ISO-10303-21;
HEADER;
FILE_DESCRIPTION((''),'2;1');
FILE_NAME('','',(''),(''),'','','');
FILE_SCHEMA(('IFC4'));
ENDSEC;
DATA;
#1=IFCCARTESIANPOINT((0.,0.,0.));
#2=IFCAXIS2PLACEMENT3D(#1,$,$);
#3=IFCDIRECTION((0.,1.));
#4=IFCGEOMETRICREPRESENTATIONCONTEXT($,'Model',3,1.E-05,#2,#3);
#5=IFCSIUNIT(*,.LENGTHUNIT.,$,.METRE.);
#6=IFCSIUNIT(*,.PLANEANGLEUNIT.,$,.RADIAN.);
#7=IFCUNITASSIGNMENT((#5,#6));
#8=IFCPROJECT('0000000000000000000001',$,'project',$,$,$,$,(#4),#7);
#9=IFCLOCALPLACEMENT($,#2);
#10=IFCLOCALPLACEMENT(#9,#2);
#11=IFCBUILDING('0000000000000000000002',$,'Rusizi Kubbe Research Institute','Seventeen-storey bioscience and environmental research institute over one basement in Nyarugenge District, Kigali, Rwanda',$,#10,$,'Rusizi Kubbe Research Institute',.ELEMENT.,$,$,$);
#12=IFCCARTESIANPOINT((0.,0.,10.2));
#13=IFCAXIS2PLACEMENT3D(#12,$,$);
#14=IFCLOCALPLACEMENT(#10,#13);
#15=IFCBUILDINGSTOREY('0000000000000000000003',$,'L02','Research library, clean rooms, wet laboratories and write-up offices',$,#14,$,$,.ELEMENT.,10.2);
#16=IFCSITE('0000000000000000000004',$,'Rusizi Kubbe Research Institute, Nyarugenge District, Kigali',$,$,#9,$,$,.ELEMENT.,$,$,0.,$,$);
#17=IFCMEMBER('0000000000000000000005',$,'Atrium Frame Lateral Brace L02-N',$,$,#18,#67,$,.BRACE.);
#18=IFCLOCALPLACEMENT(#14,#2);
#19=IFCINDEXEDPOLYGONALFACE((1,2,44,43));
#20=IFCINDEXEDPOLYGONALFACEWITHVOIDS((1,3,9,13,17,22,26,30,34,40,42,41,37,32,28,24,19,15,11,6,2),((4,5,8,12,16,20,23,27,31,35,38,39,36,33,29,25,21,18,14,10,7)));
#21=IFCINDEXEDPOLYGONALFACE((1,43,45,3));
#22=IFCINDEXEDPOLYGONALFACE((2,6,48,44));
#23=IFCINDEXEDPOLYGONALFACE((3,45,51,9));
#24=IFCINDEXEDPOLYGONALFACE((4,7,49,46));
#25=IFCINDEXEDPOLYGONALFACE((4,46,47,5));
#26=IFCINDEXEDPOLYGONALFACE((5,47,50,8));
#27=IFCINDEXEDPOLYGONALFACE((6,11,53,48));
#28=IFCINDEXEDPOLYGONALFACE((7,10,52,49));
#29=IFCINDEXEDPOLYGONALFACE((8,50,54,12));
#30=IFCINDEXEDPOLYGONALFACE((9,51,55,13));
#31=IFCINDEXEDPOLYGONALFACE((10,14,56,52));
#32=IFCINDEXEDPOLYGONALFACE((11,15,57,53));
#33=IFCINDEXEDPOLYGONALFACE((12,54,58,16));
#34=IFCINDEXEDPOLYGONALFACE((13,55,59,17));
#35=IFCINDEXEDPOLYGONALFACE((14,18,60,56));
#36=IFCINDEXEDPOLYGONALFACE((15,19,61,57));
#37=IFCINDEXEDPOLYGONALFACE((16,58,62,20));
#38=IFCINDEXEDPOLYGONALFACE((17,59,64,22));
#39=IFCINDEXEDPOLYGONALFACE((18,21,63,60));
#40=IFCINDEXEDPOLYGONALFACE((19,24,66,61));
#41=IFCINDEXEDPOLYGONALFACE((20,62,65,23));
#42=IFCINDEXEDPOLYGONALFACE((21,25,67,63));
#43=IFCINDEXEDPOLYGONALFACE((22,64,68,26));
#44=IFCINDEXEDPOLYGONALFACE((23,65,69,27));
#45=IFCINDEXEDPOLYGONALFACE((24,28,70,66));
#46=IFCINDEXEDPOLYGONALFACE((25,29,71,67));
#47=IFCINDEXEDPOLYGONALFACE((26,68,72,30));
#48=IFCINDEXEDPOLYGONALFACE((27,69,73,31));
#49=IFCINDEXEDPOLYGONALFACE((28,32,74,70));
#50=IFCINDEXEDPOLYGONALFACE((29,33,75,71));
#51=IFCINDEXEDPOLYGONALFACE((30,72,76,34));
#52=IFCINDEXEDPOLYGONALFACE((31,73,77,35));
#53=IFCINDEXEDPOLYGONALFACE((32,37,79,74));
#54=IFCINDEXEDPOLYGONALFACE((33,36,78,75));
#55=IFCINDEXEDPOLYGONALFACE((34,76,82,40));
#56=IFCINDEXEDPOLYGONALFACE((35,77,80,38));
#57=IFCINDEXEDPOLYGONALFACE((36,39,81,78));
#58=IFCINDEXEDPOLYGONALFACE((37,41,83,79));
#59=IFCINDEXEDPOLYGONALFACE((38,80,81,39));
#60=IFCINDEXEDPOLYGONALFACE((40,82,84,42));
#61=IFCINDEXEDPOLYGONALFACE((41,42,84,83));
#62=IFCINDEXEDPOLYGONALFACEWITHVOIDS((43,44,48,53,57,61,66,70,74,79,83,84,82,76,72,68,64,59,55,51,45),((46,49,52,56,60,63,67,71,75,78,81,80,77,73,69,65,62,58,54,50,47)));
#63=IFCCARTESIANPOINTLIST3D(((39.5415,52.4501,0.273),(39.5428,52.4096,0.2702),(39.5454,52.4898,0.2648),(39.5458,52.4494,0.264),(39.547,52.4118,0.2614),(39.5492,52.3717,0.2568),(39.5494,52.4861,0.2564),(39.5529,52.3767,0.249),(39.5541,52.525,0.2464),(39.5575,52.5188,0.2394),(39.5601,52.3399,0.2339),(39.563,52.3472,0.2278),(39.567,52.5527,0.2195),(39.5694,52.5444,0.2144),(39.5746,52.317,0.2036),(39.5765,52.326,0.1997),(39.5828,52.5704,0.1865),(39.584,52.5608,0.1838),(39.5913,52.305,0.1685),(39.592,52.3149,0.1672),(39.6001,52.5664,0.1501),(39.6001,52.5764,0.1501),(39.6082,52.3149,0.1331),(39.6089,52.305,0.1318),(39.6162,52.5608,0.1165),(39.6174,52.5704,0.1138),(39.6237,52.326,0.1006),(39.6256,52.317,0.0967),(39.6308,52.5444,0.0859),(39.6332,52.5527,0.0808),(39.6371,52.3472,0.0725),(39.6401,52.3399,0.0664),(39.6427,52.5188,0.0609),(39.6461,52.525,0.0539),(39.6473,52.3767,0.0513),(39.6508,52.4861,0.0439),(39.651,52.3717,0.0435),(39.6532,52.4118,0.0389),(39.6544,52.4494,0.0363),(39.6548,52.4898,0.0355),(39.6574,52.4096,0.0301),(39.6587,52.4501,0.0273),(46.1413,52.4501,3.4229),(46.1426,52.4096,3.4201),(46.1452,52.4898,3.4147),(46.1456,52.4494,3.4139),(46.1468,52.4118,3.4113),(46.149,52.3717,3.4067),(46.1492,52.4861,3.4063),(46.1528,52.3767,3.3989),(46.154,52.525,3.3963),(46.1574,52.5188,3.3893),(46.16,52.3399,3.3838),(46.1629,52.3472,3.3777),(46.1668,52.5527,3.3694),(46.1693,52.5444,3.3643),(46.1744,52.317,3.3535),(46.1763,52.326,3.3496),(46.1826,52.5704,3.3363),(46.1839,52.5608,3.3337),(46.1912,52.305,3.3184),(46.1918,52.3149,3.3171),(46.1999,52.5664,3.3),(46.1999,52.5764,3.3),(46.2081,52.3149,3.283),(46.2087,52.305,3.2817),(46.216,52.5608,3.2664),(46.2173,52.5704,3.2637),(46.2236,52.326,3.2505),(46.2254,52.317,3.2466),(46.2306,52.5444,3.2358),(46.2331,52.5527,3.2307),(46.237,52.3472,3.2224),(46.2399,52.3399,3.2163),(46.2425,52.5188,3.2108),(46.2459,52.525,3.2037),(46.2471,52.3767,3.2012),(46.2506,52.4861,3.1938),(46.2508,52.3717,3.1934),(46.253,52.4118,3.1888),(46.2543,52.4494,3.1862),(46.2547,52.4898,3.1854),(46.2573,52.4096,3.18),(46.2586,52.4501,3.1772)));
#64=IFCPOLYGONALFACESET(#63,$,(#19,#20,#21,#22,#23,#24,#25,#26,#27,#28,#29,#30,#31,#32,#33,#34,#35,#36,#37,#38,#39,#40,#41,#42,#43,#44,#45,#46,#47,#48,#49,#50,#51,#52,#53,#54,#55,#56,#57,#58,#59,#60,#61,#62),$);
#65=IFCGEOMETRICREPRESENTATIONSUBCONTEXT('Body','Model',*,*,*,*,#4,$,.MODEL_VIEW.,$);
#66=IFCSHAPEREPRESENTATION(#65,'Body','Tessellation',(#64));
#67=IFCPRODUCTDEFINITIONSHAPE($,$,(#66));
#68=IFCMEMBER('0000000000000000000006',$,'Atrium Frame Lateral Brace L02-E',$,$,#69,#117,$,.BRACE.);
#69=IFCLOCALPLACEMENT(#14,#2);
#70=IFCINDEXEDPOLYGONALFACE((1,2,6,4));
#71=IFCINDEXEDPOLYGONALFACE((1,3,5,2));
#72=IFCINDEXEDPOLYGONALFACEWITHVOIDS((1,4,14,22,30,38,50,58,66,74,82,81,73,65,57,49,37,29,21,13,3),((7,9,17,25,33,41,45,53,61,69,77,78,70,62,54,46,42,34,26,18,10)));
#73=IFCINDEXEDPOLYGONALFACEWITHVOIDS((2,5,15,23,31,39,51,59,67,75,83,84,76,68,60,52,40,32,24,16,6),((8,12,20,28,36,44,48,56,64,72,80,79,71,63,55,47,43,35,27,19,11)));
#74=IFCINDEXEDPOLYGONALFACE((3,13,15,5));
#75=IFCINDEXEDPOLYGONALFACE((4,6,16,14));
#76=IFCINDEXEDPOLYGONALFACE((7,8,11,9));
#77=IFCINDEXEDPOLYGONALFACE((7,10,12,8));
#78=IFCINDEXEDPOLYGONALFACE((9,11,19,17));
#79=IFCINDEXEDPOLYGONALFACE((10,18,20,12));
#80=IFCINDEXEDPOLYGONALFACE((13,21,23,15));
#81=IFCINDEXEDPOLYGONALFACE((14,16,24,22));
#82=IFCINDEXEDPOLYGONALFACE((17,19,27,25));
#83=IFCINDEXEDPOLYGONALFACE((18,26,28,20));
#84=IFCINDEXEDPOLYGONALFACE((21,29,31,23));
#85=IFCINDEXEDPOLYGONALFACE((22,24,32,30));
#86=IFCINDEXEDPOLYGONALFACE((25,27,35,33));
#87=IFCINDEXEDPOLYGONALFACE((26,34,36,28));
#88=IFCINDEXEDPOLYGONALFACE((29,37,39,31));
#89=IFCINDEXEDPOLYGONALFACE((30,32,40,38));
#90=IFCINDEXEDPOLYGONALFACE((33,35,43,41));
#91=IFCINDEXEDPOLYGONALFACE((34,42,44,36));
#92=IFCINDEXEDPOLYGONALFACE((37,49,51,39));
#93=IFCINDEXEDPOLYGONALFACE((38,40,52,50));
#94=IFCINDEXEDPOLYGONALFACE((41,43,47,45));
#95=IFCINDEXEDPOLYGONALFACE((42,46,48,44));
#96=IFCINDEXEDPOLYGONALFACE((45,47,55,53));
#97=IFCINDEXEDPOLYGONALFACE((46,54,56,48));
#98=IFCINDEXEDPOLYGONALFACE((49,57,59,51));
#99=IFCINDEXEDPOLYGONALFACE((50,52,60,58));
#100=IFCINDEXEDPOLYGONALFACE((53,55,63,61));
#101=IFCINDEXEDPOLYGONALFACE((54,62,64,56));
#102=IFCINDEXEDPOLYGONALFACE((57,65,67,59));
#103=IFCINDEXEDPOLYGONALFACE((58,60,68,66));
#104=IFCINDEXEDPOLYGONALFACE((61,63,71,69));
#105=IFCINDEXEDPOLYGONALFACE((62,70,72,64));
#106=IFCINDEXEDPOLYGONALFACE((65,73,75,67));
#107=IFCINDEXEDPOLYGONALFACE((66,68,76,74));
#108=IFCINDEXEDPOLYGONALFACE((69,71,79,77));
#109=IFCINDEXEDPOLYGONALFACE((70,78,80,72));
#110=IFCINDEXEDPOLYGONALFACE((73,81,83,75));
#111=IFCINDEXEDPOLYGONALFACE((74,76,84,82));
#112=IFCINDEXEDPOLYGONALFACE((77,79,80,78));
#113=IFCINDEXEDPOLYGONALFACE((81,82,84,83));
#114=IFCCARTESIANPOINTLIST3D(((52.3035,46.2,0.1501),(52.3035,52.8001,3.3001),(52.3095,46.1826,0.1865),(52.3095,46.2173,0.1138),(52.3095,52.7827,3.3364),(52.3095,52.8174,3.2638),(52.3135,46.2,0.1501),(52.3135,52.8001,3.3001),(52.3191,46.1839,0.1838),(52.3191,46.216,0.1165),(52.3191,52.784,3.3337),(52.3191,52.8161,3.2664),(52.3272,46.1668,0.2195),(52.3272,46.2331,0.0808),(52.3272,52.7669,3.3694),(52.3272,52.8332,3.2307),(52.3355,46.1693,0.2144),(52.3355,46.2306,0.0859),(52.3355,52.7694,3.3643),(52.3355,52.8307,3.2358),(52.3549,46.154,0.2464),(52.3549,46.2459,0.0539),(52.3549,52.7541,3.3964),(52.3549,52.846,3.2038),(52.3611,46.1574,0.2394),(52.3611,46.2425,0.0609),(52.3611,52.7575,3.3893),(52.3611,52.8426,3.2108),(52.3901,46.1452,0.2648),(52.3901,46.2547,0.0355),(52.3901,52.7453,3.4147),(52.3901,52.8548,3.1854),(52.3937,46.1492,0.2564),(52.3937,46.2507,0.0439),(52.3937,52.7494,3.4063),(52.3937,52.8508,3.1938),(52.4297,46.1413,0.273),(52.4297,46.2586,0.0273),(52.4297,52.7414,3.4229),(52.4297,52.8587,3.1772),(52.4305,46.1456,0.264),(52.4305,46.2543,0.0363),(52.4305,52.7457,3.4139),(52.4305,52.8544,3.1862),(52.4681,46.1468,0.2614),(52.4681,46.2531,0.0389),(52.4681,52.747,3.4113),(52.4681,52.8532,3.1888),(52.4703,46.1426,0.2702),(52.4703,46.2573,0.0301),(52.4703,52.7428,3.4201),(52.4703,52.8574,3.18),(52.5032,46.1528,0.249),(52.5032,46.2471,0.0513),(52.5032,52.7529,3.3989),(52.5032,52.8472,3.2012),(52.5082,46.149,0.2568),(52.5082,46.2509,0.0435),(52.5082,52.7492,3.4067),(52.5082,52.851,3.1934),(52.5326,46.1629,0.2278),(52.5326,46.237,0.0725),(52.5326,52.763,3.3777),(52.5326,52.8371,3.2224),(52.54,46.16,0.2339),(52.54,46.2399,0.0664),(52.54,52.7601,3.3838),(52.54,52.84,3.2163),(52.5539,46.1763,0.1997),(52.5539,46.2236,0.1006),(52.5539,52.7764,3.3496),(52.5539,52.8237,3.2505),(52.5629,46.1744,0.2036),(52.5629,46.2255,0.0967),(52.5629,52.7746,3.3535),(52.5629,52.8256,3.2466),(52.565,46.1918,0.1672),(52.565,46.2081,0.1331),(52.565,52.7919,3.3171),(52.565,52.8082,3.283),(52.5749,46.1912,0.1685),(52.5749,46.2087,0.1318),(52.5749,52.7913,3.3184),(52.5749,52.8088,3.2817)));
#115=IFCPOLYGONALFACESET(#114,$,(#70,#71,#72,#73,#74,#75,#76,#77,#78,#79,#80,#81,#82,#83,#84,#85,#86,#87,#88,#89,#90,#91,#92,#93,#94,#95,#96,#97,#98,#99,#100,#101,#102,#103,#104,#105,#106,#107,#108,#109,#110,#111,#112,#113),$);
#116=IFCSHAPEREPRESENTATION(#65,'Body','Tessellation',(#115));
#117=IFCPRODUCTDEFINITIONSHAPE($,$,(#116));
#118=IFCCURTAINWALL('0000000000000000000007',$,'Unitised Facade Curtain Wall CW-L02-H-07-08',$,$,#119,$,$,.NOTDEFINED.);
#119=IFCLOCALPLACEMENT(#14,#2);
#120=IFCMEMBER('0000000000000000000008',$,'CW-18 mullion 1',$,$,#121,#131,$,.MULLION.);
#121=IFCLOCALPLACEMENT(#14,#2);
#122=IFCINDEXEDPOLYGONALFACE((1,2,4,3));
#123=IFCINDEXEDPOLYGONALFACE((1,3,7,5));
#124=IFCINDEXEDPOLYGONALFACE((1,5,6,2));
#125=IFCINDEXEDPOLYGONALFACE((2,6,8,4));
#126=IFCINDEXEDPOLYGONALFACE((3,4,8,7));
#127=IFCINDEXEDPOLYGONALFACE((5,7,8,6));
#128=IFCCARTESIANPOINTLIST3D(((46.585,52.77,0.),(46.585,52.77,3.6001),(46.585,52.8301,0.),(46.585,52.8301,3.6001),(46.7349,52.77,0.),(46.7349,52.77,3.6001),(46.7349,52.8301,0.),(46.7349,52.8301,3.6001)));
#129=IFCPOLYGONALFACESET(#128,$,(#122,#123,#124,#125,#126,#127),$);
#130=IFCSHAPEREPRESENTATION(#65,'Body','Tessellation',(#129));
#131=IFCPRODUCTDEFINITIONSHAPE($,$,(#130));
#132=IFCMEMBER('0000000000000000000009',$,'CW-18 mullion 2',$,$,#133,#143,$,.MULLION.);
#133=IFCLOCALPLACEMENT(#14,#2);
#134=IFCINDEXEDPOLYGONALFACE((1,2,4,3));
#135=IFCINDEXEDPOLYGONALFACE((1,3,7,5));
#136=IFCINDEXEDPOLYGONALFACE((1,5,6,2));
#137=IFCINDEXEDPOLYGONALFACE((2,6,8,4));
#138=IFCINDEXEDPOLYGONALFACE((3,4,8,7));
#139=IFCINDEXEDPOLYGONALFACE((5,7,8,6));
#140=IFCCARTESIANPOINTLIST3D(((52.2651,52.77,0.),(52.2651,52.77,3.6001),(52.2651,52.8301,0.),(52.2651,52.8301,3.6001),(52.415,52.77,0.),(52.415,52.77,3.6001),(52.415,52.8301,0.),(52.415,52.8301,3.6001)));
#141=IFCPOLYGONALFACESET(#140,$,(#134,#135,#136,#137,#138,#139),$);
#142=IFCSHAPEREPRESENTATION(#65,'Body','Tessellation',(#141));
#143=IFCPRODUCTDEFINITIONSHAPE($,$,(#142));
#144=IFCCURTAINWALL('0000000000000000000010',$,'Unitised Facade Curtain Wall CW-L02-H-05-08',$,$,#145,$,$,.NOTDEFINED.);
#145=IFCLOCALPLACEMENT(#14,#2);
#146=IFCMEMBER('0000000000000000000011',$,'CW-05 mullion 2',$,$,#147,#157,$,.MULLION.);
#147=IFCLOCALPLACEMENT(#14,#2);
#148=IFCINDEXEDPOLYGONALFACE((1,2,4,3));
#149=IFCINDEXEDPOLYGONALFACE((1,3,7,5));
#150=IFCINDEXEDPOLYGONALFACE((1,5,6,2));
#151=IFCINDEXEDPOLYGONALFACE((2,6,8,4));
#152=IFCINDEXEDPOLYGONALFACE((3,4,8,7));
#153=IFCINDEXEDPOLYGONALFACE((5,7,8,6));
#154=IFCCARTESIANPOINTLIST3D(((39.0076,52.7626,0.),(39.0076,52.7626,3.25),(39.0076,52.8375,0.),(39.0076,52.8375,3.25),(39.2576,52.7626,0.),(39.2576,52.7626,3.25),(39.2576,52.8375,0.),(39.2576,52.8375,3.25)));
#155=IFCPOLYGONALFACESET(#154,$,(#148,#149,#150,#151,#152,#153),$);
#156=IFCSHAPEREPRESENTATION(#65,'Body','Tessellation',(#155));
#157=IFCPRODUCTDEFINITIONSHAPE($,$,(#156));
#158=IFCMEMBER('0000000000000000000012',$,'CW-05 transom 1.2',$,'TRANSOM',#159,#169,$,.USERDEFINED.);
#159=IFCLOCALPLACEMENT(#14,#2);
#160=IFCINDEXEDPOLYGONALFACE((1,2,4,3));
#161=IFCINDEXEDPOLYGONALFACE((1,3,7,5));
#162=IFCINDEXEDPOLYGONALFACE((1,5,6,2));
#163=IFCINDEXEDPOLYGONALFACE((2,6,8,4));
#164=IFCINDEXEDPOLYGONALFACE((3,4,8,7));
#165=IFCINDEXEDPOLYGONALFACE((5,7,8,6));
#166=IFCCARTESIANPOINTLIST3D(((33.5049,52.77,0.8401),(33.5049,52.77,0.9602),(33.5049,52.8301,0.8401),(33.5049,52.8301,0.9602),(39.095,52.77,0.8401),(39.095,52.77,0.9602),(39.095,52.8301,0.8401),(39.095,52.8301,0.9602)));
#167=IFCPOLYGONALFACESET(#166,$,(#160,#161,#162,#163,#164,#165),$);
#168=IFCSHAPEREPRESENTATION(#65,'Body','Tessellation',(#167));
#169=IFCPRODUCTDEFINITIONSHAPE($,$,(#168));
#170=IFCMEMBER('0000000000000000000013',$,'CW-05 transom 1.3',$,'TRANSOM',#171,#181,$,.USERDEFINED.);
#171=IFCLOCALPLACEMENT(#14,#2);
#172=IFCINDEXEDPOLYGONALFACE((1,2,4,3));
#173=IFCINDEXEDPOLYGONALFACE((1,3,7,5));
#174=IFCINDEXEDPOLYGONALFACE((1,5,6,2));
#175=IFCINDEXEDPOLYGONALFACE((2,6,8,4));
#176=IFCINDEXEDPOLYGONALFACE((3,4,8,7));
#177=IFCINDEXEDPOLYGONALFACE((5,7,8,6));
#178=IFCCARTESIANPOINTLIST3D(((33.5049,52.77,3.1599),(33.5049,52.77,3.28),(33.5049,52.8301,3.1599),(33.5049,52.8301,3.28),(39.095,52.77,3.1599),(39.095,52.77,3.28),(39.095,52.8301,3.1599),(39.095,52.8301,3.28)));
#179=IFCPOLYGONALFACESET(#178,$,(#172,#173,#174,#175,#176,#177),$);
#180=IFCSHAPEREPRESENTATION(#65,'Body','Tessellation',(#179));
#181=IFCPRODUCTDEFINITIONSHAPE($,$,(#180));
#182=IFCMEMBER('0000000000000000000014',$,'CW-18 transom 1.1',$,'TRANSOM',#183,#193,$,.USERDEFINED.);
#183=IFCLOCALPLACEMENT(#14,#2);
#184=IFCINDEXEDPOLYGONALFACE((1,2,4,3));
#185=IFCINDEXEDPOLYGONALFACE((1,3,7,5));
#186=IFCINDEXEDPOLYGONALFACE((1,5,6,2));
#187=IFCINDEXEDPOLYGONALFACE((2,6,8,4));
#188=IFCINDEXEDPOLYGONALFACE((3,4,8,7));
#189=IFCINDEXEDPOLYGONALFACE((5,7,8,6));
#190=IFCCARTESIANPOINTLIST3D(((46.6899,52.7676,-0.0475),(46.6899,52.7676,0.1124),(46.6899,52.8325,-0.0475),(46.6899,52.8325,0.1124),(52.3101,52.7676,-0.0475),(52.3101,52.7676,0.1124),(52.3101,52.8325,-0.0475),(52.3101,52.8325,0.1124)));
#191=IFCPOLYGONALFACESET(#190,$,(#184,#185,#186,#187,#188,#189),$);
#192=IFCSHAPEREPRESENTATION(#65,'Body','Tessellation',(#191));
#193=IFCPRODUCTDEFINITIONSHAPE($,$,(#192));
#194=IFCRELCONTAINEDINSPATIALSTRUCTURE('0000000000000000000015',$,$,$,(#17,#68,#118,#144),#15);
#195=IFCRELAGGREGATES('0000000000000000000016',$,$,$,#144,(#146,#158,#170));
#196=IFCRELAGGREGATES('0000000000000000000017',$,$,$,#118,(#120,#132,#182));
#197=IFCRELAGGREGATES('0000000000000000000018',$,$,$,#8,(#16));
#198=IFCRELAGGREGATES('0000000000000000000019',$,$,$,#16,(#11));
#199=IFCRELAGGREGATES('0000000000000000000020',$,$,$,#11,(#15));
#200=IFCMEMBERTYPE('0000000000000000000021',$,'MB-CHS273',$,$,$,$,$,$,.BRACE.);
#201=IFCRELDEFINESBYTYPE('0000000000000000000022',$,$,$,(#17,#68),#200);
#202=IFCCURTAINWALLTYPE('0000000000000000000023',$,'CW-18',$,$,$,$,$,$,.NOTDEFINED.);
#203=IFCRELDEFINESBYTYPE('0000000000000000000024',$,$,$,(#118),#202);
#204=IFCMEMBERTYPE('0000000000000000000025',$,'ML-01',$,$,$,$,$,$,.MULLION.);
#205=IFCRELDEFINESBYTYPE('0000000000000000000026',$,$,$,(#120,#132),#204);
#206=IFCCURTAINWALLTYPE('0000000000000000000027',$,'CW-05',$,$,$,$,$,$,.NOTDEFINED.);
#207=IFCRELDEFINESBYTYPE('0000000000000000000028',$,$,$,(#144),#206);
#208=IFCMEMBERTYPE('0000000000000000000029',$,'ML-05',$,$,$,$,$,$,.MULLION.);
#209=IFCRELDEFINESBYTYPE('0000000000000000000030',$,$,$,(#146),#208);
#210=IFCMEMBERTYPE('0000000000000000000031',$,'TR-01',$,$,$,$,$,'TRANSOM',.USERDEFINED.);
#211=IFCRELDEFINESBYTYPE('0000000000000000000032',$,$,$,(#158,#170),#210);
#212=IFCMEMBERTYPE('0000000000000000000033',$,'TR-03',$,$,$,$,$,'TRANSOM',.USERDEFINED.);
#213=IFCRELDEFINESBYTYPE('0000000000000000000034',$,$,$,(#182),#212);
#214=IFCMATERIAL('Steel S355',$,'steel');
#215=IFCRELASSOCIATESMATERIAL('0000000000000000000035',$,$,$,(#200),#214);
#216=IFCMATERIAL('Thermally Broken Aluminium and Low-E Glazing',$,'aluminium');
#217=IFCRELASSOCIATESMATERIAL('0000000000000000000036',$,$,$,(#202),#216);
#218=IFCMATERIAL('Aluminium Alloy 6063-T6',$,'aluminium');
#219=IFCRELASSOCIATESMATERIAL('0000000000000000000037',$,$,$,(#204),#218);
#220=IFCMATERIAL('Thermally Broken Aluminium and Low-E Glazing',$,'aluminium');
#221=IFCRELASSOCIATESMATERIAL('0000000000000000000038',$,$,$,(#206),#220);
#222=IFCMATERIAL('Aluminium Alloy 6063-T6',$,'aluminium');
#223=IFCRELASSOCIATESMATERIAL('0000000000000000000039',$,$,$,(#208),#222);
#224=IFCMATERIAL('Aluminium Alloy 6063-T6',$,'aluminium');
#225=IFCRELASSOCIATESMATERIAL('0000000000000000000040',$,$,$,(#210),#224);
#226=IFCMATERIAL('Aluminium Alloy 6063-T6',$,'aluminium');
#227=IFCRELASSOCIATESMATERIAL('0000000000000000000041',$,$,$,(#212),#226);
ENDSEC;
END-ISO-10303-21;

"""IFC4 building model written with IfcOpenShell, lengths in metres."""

from ifc_helpers import new_model, si_unit, direction, frame, origin, origin_2d, place, context, subcontext, project, spatial, rectangle, hollow_circle, extrude, material, material_profile, profile_set, type_object, element, aggregate, save


model = new_model("IFC4")

# Units and contexts
model_context = context("Model", 3, precision=1e-05, world=origin(), true_north=direction((0.0, 1.0)))
body_context = subcontext(model_context, "Body", "Model", "MODEL_VIEW")
ifc_project = project(units=[si_unit("LENGTHUNIT", "METRE"), si_unit("PLANEANGLEUNIT", "RADIAN")], contexts=[model_context])

# Site, building, storey
site_placement = place(None, origin())
site = spatial("IfcSite", under=ifc_project, at=site_placement, Name="Rusizi Kubbe Research Institute, Nyarugenge District, Kigali", CompositionType="ELEMENT", RefElevation=0.0)
building_placement = place(site_placement, origin())
building = spatial("IfcBuilding", under=site, at=building_placement, Name="Rusizi Kubbe Research Institute", Description="Seventeen-storey bioscience and environmental research institute over one basement in Nyarugenge District, Kigali, Rwanda", LongName="Rusizi Kubbe Research Institute", CompositionType="ELEMENT")
storey_placement = place(building_placement, frame((0.0, 0.0, 10.2)))
storey = spatial("IfcBuildingStorey", under=building, at=storey_placement, Name="L02", Description="Research library, clean rooms, wet laboratories and write-up offices", CompositionType="ELEMENT", Elevation=10.2)

# Members
ifc_material_1 = material(Name="Steel S355", Category="steel")
ifc_material_profile_1 = material_profile(ifc_material_1, hollow_circle(Radius=0.1365, WallThickness=0.01, at=origin_2d()), Name="CHS 273.0x10.0")
ifc_profile_set_1 = profile_set([ifc_material_profile_1], Name="Steel S355")
member_type_1 = type_object("IfcMemberType", Name="MB-CHS273", PredefinedType="BRACE", material=ifc_profile_set_1)
member_1_placement = place(storey_placement, frame((39.6001, 52.4399, 0.1501), z_axis=(0.902483, 0.0, 0.430726), x_axis=(0.0, 1.0, 0.0)))
element("IfcMember", 1, at=member_1_placement, inside=storey, type_object=member_type_1, Name="Atrium Frame Lateral Brace L02-N", PredefinedType="BRACE", context=body_context, shape_type="SweptSolid", body=[
    extrude(hollow_circle(Radius=0.1365, WallThickness=0.01, at=origin_2d()), origin(), (0.0, 0.0, 1.0), 7.313),
])
member_2_placement = place(storey_placement, frame((52.4399, 46.2, 0.1501), z_axis=(0.0, 0.902489, 0.430714), x_axis=(-1.0, 0.0, 0.0)))
element("IfcMember", 2, at=member_2_placement, inside=storey, type_object=member_type_1, Name="Atrium Frame Lateral Brace L02-E", PredefinedType="BRACE", context=body_context, shape_type="SweptSolid", body=[
    extrude(hollow_circle(Radius=0.1365, WallThickness=0.01, at=origin_2d()), origin(), (0.0, 0.0, 1.0), 7.3132),
])

# Curtain walls, members
ifc_material_2 = material(Name="Thermally Broken Aluminium and Low-E Glazing", Category="aluminium")
curtain_wall_type_1 = type_object("IfcCurtainWallType", Name="CW-18", PredefinedType="NOTDEFINED", material=ifc_material_2)
curtain_wall_1_placement = place(storey_placement, origin())
curtain_wall_1 = element("IfcCurtainWall", 3, at=curtain_wall_1_placement, inside=storey, type_object=curtain_wall_type_1, Name="Unitised Facade Curtain Wall CW-L02-H-07-08", PredefinedType="NOTDEFINED")
ifc_material_3 = material(Name="Aluminium Alloy 6063-T6", Category="aluminium")
ifc_material_profile_2 = material_profile(ifc_material_3, rectangle(XDim=0.0601, YDim=0.1499, at=origin_2d()), Name="ALU-M 60x150")
ifc_profile_set_2 = profile_set([ifc_material_profile_2], Name="Aluminium Alloy 6063-T6")
member_type_2 = type_object("IfcMemberType", Name="ML-01", PredefinedType="MULLION", material=ifc_profile_set_2)
member_3_placement = place(storey_placement, frame((46.6599, 52.8, 0.0), z_axis=(0.0, 0.0, 1.0), x_axis=(0.0, 1.0, 0.0)))
member_3 = element("IfcMember", 4, at=member_3_placement, type_object=member_type_2, Name="CW-18 mullion 1", PredefinedType="MULLION", context=body_context, shape_type="SweptSolid", body=[
    extrude(rectangle(XDim=0.0601, YDim=0.1499, at=origin_2d()), origin(), (0.0, 0.0, 1.0), 3.6001),
])
member_4_placement = place(storey_placement, frame((52.3401, 52.8, 0.0), z_axis=(0.0, 0.0, 1.0), x_axis=(0.0, 1.0, 0.0)))
member_4 = element("IfcMember", 5, at=member_4_placement, type_object=member_type_2, Name="CW-18 mullion 2", PredefinedType="MULLION", context=body_context, shape_type="SweptSolid", body=[
    extrude(rectangle(XDim=0.0601, YDim=0.1499, at=origin_2d()), origin(), (0.0, 0.0, 1.0), 3.6001),
])
ifc_material_4 = material(Name="Thermally Broken Aluminium and Low-E Glazing", Category="aluminium")
curtain_wall_type_2 = type_object("IfcCurtainWallType", Name="CW-05", PredefinedType="NOTDEFINED", material=ifc_material_4)
curtain_wall_2_placement = place(storey_placement, origin())
curtain_wall_2 = element("IfcCurtainWall", 6, at=curtain_wall_2_placement, inside=storey, type_object=curtain_wall_type_2, Name="Unitised Facade Curtain Wall CW-L02-H-05-08", PredefinedType="NOTDEFINED")
ifc_material_5 = material(Name="Aluminium Alloy 6063-T6", Category="aluminium")
ifc_material_profile_3 = material_profile(ifc_material_5, rectangle(XDim=0.075, YDim=0.25, at=origin_2d()), Name="ALU-M 75x250")
ifc_profile_set_3 = profile_set([ifc_material_profile_3], Name="Aluminium Alloy 6063-T6")
member_type_3 = type_object("IfcMemberType", Name="ML-05", PredefinedType="MULLION", material=ifc_profile_set_3)
member_5_placement = place(storey_placement, frame((39.1326, 52.8, 0.0), z_axis=(0.0, 0.0, 1.0), x_axis=(0.0, 1.0, 0.0)))
member_5 = element("IfcMember", 7, at=member_5_placement, type_object=member_type_3, Name="CW-05 mullion 2", PredefinedType="MULLION", context=body_context, shape_type="SweptSolid", body=[
    extrude(rectangle(XDim=0.075, YDim=0.25, at=origin_2d()), origin(), (0.0, 0.0, 1.0), 3.25),
])
ifc_material_6 = material(Name="Aluminium Alloy 6063-T6", Category="aluminium")
ifc_material_profile_4 = material_profile(ifc_material_6, rectangle(XDim=0.0601, YDim=0.1201, at=origin_2d()), Name="ALU-T 60x120")
ifc_profile_set_4 = profile_set([ifc_material_profile_4], Name="Aluminium Alloy 6063-T6")
member_type_4 = type_object("IfcMemberType", Name="TR-01", ElementType="TRANSOM", PredefinedType="USERDEFINED", material=ifc_profile_set_4)
member_6_placement = place(storey_placement, frame((33.5049, 52.8, 0.9001), z_axis=(1.0, 0.0, 0.0), x_axis=(0.0, 1.0, 0.0)))
member_6 = element("IfcMember", 8, at=member_6_placement, type_object=member_type_4, Name="CW-05 transom 1.2", ObjectType="TRANSOM", PredefinedType="USERDEFINED", context=body_context, shape_type="SweptSolid", body=[
    extrude(rectangle(XDim=0.0601, YDim=0.1201, at=origin_2d()), origin(), (0.0, 0.0, 1.0), 5.5901),
])
member_7_placement = place(storey_placement, frame((33.5049, 52.8, 3.22), z_axis=(1.0, 0.0, 0.0), x_axis=(0.0, 1.0, 0.0)))
member_7 = element("IfcMember", 9, at=member_7_placement, type_object=member_type_4, Name="CW-05 transom 1.3", ObjectType="TRANSOM", PredefinedType="USERDEFINED", context=body_context, shape_type="SweptSolid", body=[
    extrude(rectangle(XDim=0.0601, YDim=0.1201, at=origin_2d()), origin(), (0.0, 0.0, 1.0), 5.5901),
])

# Member
ifc_material_7 = material(Name="Aluminium Alloy 6063-T6", Category="aluminium")
ifc_material_profile_5 = material_profile(ifc_material_7, rectangle(XDim=0.0649, YDim=0.1599, at=origin_2d()), Name="ALU-T 65x160")
ifc_profile_set_5 = profile_set([ifc_material_profile_5], Name="Aluminium Alloy 6063-T6")
member_type_5 = type_object("IfcMemberType", Name="TR-03", ElementType="TRANSOM", PredefinedType="USERDEFINED", material=ifc_profile_set_5)
member_8_placement = place(storey_placement, frame((46.6899, 52.8, 0.0325), z_axis=(1.0, 0.0, 0.0), x_axis=(0.0, 1.0, 0.0)))
member_8 = element("IfcMember", 10, at=member_8_placement, type_object=member_type_5, Name="CW-18 transom 1.1", ObjectType="TRANSOM", PredefinedType="USERDEFINED", context=body_context, shape_type="SweptSolid", body=[
    extrude(rectangle(XDim=0.0649, YDim=0.1599, at=origin_2d()), origin(), (0.0, 0.0, 1.0), 5.6201),
])

aggregate(curtain_wall_2, [member_5, member_6, member_7])
aggregate(curtain_wall_1, [member_3, member_4, member_8])

save(model, "model.ifc")
